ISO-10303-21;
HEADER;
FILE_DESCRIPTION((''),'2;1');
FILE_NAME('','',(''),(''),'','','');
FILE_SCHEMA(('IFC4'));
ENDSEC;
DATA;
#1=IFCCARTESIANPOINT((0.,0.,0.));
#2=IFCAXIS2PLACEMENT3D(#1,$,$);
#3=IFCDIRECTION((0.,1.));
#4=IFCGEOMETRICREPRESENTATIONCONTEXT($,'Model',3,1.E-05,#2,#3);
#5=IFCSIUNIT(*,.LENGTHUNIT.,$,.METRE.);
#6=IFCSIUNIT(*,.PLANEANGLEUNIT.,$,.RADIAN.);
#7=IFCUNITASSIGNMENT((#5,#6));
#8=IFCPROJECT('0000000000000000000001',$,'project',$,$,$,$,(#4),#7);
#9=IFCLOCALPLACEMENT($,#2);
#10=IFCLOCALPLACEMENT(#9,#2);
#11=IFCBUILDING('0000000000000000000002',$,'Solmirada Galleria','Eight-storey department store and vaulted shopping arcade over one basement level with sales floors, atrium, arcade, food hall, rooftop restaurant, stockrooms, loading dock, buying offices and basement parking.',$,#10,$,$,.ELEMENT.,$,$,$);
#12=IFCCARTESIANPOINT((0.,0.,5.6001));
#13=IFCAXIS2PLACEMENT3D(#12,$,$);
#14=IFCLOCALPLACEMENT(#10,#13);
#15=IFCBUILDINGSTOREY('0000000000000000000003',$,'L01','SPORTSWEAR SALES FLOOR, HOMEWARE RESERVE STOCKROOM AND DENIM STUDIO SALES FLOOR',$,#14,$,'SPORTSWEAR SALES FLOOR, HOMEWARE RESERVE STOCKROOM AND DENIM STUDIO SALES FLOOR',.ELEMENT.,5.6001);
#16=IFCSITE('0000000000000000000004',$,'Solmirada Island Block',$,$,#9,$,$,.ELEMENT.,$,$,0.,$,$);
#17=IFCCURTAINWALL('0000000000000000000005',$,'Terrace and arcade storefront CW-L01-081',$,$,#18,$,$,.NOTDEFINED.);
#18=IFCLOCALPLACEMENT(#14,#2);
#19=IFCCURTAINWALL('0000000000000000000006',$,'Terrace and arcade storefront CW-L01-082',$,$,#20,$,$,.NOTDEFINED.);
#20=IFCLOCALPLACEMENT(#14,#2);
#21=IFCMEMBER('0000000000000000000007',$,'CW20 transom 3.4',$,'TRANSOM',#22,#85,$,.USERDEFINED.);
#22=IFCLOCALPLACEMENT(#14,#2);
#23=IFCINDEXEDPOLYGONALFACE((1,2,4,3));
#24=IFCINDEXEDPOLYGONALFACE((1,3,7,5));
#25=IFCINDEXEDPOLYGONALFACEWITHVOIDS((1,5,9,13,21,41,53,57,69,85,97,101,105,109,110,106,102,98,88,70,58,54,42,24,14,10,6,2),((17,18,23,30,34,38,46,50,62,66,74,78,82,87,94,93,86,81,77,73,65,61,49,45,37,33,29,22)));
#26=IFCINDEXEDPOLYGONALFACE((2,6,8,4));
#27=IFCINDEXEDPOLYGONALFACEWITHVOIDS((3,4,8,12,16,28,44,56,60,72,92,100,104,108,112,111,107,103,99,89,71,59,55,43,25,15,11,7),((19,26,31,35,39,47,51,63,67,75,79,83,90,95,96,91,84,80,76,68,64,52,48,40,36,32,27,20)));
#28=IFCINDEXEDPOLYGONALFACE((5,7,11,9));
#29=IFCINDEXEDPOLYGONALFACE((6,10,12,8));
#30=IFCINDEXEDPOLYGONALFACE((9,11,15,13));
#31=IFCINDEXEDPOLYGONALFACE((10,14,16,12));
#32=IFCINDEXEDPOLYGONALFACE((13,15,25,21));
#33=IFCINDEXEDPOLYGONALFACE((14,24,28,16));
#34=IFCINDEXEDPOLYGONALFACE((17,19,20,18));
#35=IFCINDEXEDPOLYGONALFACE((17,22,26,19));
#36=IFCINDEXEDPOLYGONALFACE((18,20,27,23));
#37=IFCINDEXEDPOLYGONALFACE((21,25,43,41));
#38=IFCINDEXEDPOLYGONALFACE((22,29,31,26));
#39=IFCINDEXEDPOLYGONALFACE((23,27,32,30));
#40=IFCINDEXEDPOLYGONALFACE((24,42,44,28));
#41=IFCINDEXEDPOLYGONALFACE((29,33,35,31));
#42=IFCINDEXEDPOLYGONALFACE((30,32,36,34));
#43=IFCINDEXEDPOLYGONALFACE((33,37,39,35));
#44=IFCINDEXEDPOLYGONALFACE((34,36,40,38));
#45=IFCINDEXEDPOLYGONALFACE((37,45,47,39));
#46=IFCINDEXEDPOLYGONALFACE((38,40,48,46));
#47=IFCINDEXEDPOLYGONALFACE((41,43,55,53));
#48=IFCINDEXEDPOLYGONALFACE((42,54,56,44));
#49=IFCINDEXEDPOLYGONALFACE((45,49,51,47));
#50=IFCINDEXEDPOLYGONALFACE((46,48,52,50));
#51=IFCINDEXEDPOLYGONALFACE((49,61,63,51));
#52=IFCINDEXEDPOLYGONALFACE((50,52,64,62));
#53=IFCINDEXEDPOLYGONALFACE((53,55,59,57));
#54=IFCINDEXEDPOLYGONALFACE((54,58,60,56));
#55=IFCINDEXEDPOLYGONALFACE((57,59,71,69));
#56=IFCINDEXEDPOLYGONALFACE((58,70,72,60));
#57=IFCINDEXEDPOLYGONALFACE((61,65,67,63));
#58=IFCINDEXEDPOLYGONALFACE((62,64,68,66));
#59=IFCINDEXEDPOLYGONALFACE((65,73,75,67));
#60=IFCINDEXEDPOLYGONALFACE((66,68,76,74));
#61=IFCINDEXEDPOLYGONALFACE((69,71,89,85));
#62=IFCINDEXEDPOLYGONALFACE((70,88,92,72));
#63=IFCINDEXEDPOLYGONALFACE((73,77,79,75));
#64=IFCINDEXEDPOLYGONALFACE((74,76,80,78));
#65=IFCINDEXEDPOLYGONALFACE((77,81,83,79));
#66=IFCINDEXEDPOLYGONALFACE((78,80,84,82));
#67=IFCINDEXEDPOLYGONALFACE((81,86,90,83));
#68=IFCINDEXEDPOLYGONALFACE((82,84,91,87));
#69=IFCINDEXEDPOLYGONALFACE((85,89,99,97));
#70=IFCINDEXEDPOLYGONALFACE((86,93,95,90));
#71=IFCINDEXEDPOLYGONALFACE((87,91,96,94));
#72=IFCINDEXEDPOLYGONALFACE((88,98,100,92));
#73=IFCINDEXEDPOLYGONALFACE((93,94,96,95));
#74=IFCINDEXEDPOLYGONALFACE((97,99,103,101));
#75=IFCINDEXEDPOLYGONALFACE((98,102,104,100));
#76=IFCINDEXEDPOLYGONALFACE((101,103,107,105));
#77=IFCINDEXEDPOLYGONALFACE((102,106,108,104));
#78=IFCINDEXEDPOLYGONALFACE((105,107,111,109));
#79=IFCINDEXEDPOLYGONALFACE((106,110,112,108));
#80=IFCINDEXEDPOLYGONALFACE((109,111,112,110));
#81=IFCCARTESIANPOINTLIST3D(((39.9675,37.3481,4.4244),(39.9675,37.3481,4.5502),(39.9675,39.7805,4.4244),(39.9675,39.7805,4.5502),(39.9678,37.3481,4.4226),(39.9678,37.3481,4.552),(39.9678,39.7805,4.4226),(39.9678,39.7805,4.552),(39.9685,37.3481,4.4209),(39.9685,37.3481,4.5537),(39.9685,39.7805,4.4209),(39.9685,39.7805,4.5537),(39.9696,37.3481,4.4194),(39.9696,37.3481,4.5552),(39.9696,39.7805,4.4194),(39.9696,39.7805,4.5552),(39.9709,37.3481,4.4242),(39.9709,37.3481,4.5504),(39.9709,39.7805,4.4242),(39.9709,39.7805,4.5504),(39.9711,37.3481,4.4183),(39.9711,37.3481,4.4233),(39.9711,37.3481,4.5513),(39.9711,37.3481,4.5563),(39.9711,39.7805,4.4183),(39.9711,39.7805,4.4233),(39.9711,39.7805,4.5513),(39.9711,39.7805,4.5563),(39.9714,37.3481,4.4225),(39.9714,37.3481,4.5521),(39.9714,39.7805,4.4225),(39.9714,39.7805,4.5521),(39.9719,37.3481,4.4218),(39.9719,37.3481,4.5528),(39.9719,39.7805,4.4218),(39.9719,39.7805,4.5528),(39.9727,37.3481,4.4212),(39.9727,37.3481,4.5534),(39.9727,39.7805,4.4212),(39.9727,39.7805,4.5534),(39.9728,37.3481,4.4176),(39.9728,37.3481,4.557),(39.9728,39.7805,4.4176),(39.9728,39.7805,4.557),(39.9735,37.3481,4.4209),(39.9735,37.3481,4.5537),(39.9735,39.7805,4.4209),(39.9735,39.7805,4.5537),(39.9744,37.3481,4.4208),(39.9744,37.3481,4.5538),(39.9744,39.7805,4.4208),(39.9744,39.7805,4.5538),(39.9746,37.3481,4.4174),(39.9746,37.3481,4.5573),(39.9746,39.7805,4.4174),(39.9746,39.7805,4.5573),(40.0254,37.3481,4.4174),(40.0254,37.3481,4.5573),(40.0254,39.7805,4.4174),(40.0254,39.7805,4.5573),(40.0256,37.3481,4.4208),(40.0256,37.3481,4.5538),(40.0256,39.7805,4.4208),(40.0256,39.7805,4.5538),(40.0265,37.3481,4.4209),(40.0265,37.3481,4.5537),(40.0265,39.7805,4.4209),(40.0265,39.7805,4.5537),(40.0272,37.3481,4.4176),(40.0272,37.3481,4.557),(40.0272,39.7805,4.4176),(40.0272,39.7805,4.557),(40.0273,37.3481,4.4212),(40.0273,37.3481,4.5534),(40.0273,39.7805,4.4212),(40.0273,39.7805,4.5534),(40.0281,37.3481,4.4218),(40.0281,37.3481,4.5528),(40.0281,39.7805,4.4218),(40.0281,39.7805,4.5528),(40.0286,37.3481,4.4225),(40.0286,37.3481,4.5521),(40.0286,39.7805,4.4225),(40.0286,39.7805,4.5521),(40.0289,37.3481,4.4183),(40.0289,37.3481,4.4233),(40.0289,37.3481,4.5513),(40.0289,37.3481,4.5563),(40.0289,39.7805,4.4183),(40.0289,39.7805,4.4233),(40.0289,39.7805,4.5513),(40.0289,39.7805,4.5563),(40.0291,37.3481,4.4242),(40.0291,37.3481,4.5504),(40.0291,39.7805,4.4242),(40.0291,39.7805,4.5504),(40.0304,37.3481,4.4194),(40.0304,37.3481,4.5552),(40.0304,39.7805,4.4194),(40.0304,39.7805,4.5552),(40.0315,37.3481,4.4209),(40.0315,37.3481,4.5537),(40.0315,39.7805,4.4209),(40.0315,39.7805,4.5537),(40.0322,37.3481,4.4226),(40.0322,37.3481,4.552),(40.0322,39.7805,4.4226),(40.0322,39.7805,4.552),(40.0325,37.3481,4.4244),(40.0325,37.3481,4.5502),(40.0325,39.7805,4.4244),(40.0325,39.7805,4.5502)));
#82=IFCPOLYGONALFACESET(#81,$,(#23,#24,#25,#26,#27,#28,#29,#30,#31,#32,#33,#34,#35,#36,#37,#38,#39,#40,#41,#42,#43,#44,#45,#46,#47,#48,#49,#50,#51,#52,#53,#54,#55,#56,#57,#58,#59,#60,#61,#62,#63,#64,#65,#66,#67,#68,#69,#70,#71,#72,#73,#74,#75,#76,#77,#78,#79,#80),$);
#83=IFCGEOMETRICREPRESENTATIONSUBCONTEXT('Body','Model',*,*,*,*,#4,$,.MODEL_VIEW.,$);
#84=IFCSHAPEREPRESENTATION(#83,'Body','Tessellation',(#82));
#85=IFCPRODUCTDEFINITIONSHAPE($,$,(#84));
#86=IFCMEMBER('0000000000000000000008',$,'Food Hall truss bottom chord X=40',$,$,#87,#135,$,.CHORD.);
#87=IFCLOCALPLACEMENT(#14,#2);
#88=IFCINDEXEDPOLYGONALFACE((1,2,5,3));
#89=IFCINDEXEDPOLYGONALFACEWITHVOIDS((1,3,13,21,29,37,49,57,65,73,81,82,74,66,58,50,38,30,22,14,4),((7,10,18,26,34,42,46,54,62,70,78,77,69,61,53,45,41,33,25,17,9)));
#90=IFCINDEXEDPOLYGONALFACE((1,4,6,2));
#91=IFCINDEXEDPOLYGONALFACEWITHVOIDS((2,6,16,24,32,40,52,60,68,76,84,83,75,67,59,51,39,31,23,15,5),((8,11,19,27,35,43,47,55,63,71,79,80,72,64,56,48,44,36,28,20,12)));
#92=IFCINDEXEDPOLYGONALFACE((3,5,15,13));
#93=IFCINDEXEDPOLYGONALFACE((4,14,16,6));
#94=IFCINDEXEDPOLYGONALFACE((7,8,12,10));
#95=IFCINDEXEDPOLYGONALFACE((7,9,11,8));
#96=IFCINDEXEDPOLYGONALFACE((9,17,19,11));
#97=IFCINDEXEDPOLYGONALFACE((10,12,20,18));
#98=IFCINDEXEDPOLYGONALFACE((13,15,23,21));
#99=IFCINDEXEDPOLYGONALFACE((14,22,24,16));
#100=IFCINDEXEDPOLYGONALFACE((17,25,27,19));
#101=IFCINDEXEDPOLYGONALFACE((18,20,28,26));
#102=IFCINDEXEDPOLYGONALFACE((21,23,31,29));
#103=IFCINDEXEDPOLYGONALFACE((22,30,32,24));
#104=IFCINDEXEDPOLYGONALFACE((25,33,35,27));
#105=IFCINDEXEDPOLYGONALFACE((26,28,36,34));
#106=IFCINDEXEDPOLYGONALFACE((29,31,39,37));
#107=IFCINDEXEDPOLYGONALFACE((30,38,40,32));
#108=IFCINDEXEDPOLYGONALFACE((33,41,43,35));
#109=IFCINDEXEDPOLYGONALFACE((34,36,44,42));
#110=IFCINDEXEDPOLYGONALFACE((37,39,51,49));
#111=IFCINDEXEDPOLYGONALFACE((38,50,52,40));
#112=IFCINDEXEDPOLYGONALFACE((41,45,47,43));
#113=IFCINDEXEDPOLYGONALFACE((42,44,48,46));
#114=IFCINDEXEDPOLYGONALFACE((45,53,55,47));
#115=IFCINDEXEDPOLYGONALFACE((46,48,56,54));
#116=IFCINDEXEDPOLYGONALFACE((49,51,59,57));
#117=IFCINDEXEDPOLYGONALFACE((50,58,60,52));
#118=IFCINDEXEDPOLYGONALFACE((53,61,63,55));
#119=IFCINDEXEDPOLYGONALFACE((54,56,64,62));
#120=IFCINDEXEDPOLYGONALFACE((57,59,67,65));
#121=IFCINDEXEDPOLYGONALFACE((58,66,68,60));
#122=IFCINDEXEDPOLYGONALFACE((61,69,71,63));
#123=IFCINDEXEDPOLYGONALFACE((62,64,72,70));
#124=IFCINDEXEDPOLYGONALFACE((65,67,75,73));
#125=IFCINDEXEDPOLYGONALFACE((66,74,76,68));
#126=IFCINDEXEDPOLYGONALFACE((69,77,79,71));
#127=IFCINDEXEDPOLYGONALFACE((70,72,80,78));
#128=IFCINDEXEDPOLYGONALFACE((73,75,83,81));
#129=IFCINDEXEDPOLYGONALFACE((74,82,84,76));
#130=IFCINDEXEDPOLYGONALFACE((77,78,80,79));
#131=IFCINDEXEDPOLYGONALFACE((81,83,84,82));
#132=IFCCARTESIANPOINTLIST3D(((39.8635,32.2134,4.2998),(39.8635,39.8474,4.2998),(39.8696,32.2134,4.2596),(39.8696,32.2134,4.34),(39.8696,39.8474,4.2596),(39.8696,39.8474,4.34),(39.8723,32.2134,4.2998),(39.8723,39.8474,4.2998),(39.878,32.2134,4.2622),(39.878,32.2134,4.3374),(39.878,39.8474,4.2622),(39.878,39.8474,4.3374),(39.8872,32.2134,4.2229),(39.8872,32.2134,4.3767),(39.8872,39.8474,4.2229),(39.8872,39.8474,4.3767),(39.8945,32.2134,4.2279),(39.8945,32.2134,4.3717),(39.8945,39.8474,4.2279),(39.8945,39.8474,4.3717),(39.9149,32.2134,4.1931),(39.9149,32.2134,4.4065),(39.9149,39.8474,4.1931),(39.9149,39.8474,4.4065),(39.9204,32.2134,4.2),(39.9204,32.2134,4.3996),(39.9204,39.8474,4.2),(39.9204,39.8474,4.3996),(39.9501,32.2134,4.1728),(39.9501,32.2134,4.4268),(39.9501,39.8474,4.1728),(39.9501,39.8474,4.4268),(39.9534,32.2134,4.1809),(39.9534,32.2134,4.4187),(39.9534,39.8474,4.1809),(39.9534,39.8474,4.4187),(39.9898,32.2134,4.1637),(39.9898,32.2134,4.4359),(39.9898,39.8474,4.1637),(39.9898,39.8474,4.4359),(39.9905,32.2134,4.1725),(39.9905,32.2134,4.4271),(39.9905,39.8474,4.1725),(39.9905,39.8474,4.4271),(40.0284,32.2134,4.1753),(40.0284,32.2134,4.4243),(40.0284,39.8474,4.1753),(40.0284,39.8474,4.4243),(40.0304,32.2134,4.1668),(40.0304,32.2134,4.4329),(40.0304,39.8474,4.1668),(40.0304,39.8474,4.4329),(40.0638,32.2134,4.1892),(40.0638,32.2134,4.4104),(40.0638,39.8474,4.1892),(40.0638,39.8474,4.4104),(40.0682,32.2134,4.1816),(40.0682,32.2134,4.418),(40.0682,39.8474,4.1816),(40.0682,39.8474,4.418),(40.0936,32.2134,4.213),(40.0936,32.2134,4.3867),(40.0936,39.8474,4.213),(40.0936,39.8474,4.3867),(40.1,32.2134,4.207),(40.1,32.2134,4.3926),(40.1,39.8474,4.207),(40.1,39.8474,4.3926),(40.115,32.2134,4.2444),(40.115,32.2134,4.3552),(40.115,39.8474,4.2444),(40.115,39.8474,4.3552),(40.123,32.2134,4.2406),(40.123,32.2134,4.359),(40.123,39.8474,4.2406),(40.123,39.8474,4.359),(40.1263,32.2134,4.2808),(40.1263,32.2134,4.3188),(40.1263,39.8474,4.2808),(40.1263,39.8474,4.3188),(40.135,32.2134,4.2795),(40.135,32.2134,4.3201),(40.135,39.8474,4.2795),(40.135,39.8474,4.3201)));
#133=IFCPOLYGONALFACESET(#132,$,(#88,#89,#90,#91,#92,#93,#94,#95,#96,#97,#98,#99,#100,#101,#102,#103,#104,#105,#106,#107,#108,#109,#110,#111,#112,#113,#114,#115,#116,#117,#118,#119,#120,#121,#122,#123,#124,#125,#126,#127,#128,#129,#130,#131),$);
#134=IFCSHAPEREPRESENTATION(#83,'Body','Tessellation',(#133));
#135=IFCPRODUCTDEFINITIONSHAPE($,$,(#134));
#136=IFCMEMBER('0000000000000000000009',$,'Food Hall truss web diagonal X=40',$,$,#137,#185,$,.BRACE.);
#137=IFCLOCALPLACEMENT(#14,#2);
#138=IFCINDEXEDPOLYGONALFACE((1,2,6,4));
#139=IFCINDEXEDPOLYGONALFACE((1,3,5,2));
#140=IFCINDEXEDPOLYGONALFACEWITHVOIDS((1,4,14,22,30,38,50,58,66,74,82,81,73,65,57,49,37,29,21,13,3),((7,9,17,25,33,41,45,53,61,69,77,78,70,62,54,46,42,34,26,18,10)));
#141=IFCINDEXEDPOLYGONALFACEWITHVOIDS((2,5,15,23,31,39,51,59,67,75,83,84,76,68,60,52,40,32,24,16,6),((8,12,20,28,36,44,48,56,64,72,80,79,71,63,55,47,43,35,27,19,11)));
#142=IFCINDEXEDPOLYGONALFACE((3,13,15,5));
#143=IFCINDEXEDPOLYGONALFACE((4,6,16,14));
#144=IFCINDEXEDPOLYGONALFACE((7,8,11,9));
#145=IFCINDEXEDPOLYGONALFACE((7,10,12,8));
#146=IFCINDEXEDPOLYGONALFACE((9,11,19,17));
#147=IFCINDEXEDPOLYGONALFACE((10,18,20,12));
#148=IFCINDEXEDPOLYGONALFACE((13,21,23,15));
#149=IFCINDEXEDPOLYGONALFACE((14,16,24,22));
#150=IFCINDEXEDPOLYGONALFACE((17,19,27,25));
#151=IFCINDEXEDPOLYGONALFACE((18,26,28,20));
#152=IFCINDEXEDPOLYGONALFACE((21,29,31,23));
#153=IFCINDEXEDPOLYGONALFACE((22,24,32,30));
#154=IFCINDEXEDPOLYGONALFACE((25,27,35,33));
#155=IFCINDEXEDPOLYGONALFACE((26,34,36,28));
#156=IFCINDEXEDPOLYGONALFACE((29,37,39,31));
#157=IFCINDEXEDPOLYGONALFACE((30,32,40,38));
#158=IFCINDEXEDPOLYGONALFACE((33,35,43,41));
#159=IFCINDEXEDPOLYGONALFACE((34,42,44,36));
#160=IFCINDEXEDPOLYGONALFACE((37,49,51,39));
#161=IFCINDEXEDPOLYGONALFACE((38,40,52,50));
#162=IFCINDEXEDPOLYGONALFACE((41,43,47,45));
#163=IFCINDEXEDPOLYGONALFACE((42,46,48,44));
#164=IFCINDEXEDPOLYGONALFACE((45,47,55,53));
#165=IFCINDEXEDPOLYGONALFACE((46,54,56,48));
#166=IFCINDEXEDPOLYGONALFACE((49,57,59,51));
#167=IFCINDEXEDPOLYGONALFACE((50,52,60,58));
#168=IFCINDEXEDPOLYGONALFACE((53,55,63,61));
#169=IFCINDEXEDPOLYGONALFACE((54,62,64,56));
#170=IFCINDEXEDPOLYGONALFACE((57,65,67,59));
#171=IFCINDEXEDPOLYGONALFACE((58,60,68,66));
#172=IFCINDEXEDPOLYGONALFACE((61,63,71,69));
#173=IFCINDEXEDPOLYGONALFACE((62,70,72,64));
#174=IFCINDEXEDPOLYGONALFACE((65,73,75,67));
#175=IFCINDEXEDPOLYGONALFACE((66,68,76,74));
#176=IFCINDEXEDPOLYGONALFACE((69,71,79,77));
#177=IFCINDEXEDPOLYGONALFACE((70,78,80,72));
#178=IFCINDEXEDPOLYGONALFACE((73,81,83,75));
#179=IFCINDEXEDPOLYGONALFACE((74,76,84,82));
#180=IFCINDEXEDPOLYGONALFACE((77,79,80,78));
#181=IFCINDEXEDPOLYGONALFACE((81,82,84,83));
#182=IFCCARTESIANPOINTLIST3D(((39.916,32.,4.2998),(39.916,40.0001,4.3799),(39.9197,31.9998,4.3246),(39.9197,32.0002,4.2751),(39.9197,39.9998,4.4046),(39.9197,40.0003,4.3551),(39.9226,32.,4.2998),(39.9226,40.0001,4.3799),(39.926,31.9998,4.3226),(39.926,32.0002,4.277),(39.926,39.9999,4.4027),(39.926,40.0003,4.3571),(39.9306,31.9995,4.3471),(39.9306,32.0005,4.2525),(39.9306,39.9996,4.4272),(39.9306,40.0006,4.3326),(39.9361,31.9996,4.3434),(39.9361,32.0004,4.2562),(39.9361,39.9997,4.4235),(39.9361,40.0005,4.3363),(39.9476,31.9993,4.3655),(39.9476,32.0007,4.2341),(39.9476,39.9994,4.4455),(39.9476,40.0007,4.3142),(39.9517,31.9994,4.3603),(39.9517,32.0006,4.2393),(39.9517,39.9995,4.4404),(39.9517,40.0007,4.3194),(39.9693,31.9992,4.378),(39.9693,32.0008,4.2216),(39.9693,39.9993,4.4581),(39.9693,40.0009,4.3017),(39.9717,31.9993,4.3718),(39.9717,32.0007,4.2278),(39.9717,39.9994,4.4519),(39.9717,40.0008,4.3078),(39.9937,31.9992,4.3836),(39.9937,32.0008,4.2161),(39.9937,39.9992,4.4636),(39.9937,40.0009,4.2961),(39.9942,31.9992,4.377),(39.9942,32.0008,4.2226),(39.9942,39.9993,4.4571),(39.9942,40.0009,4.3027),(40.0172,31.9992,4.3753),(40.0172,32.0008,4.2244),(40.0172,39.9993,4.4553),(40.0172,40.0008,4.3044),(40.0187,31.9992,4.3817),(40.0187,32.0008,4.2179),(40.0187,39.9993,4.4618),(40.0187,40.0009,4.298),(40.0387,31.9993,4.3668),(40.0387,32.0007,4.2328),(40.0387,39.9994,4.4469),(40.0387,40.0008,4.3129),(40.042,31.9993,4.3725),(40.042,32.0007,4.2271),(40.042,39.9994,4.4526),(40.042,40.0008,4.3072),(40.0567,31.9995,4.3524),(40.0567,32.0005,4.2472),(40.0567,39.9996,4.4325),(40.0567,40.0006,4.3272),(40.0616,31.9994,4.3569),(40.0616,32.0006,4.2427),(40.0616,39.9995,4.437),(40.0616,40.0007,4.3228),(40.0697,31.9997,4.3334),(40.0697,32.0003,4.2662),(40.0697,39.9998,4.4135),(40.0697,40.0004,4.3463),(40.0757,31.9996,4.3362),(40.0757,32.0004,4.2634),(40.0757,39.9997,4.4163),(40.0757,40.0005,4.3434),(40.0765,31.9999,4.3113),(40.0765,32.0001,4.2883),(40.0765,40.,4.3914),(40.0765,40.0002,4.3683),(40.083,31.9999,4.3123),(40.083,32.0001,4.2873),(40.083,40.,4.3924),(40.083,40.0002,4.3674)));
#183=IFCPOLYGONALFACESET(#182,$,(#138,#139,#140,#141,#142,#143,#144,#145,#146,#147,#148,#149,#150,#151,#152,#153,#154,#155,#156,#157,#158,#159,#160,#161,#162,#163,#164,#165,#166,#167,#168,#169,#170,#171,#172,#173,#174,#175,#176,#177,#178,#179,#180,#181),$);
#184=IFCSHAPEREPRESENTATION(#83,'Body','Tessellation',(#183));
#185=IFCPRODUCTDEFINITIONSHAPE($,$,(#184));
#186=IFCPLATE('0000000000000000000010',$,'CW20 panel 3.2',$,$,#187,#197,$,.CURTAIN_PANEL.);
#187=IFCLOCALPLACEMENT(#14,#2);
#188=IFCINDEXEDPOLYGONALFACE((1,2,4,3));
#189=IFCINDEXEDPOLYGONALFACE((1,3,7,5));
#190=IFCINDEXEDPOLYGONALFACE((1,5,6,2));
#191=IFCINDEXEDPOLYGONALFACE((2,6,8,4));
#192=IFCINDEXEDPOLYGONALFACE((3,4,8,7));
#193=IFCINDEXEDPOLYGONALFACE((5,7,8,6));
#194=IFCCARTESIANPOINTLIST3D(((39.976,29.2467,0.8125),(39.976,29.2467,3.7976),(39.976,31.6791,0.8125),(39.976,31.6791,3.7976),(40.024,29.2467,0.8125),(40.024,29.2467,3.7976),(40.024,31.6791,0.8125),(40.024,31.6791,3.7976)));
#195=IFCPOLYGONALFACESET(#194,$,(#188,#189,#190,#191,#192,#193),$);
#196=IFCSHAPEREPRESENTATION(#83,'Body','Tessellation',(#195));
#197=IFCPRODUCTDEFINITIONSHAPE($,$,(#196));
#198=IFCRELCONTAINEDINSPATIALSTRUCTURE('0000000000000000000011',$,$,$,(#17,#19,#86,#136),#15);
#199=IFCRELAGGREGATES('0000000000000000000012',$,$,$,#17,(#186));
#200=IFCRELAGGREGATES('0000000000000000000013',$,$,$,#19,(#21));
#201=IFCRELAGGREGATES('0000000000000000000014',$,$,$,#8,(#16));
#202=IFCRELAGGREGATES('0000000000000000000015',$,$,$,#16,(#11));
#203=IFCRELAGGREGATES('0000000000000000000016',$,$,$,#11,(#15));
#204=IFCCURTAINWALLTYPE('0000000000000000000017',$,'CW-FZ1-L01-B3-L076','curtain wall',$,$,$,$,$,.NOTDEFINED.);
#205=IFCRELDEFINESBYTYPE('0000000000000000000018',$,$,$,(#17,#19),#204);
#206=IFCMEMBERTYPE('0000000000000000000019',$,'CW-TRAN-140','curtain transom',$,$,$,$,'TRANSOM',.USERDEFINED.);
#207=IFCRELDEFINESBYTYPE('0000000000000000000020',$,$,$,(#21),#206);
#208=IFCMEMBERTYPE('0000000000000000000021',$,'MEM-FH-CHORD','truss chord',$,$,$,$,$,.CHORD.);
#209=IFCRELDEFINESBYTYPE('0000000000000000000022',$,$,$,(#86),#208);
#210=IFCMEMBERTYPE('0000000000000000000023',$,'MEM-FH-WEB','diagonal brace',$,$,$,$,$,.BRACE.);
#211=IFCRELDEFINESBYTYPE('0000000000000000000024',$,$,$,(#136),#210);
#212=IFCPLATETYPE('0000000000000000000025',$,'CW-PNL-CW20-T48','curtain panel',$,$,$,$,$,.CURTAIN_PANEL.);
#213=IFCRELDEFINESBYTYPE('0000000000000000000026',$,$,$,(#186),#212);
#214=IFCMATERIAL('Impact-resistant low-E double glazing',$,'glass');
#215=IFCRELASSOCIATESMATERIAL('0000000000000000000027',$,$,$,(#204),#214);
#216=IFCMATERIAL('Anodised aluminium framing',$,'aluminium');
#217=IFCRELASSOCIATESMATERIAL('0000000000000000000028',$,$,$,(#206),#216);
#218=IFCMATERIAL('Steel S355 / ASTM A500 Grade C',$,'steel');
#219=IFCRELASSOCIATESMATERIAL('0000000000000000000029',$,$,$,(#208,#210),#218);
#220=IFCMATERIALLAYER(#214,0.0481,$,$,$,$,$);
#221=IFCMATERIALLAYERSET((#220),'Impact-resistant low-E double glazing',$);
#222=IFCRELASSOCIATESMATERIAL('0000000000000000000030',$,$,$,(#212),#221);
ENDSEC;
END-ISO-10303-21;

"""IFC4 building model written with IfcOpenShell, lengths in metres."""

from ifc_helpers import new_model, si_unit, direction, frame, origin, origin_2d, place, context, subcontext, project, spatial, rectangle, hollow_rectangle, hollow_circle, extrude, material, layer, layer_set, material_profile, profile_set, type_object, element, aggregate, save


model = new_model("IFC4")

# Units and contexts
model_context = context("Model", 3, precision=1e-05, world=origin(), true_north=direction((0.0, 1.0)))
body_context = subcontext(model_context, "Body", "Model", "MODEL_VIEW")
ifc_project = project(units=[si_unit("LENGTHUNIT", "METRE"), si_unit("PLANEANGLEUNIT", "RADIAN")], contexts=[model_context])

# Site, building, storey
site_placement = place(None, origin())
site = spatial("IfcSite", under=ifc_project, at=site_placement, Name="Solmirada Island Block", CompositionType="ELEMENT", RefElevation=0.0)
building_placement = place(site_placement, origin())
building = spatial("IfcBuilding", under=site, at=building_placement, Name="Solmirada Galleria", Description="Eight-storey department store and vaulted shopping arcade over one basement level with sales floors, atrium, arcade, food hall, rooftop restaurant, stockrooms, loading dock, buying offices and basement parking.", CompositionType="ELEMENT")
storey_placement = place(building_placement, frame((0.0, 0.0, 5.6001)))
storey = spatial("IfcBuildingStorey", under=building, at=storey_placement, Name="L01", Description="SPORTSWEAR SALES FLOOR, HOMEWARE RESERVE STOCKROOM AND DENIM STUDIO SALES FLOOR", LongName="SPORTSWEAR SALES FLOOR, HOMEWARE RESERVE STOCKROOM AND DENIM STUDIO SALES FLOOR", CompositionType="ELEMENT", Elevation=5.6001)

# Shared definitions
ifc_material_1 = material(Name="Steel S355 / ASTM A500 Grade C", Category="steel")

# Curtain wall
ifc_material_2 = material(Name="Impact-resistant low-E double glazing", Category="glass")
curtain_wall_type = type_object("IfcCurtainWallType", Name="CW-FZ1-L01-B3-L076", Description="curtain wall", PredefinedType="NOTDEFINED", material=ifc_material_2)
curtain_wall_1_placement = place(storey_placement, origin())
curtain_wall_1 = element("IfcCurtainWall", 1, at=curtain_wall_1_placement, inside=storey, type_object=curtain_wall_type, Name="Terrace and arcade storefront CW-L01-081", PredefinedType="NOTDEFINED")
ifc_material_3 = material(Name="Anodised aluminium framing", Category="aluminium")

# Curtain wall, member
curtain_wall_2_placement = place(storey_placement, origin())
curtain_wall_2 = element("IfcCurtainWall", 2, at=curtain_wall_2_placement, inside=storey, type_object=curtain_wall_type, Name="Terrace and arcade storefront CW-L01-082", PredefinedType="NOTDEFINED")
ifc_material_profile_1 = material_profile(ifc_material_3, hollow_rectangle(XDim=0.0649, YDim=0.1399, WallThickness=0.0034, InnerFilletRadius=0.0034, OuterFilletRadius=0.0071, at=origin_2d()), Name="ALU-TRAN-140X65")
ifc_profile_set_1 = profile_set([ifc_material_profile_1], Name="Anodised aluminium framing")
member_type_1 = type_object("IfcMemberType", Name="CW-TRAN-140", Description="curtain transom", ElementType="TRANSOM", PredefinedType="USERDEFINED", material=ifc_profile_set_1)
member_1_placement = place(storey_placement, frame((40.0, 37.3481, 4.4873), z_axis=(0.0, 1.0, 0.0), x_axis=(-1.0, 0.0, 0.0)))
member_1 = element("IfcMember", 3, at=member_1_placement, type_object=member_type_1, Name="CW20 transom 3.4", ObjectType="TRANSOM", PredefinedType="USERDEFINED", context=body_context, shape_type="SweptSolid", body=[
    extrude(hollow_rectangle(XDim=0.0649, YDim=0.1399, WallThickness=0.0034, InnerFilletRadius=0.0034, OuterFilletRadius=0.0071, at=origin_2d()), origin(), (0.0, 0.0, 1.0), 2.4324),
])

# Members
ifc_material_profile_2 = material_profile(ifc_material_1, hollow_circle(Radius=0.1365, WallThickness=0.0088, at=origin_2d()), Name="HSS10.750X0.375")
ifc_profile_set_2 = profile_set([ifc_material_profile_2], Name="Steel S355 / ASTM A500 Grade C")
member_type_2 = type_object("IfcMemberType", Name="MEM-FH-CHORD", Description="truss chord", PredefinedType="CHORD", material=ifc_profile_set_2)
member_2_placement = place(storey_placement, frame((40.0, 32.2134, 4.2998), z_axis=(0.0, 1.0, 0.0), x_axis=(-1.0, 0.0, 0.0)))
element("IfcMember", 4, at=member_2_placement, inside=storey, type_object=member_type_2, Name="Food Hall truss bottom chord X=40", PredefinedType="CHORD", context=body_context, shape_type="SweptSolid", body=[
    extrude(hollow_circle(Radius=0.1365, WallThickness=0.0088, at=origin_2d()), origin(), (0.0, 0.0, 1.0), 7.634),
])
ifc_material_profile_3 = material_profile(ifc_material_1, hollow_circle(Radius=0.084, WallThickness=0.0066, at=origin_2d()), Name="HSS6.625X0.280")
ifc_profile_set_3 = profile_set([ifc_material_profile_3], Name="Steel S355 / ASTM A500 Grade C")
member_type_3 = type_object("IfcMemberType", Name="MEM-FH-WEB", Description="diagonal brace", PredefinedType="BRACE", material=ifc_profile_set_3)
member_3_placement = place(storey_placement, frame((40.0, 32.0, 4.2998), z_axis=(0.0, 0.99995, 0.010009), x_axis=(-1.0, 0.0, 0.0)))
element("IfcMember", 5, at=member_3_placement, inside=storey, type_object=member_type_3, Name="Food Hall truss web diagonal X=40", PredefinedType="BRACE", context=body_context, shape_type="SweptSolid", body=[
    extrude(hollow_circle(Radius=0.084, WallThickness=0.0066, at=origin_2d()), origin(), (0.0, 0.0, 1.0), 8.0005),
])

# Plate
ifc_layer_1 = layer(ifc_material_2, 0.0481)
ifc_layer_set_1 = layer_set([ifc_layer_1], Name="Impact-resistant low-E double glazing")
plate_type = type_object("IfcPlateType", Name="CW-PNL-CW20-T48", Description="curtain panel", PredefinedType="CURTAIN_PANEL", material=ifc_layer_set_1)
plate_1_placement = place(storey_placement, frame((40.0, 30.4629, 0.8125), z_axis=(0.0, 0.0, 1.0), x_axis=(0.0, 1.0, 0.0)))
plate_1 = element("IfcPlate", 6, at=plate_1_placement, type_object=plate_type, Name="CW20 panel 3.2", PredefinedType="CURTAIN_PANEL", context=body_context, shape_type="SweptSolid", body=[
    extrude(rectangle(XDim=2.4324, YDim=0.0481, at=origin_2d()), origin(), (0.0, 0.0, 1.0), 2.9851),
])
aggregate(curtain_wall_1, [plate_1])
aggregate(curtain_wall_2, [member_1])

save(model, "model.ifc")
